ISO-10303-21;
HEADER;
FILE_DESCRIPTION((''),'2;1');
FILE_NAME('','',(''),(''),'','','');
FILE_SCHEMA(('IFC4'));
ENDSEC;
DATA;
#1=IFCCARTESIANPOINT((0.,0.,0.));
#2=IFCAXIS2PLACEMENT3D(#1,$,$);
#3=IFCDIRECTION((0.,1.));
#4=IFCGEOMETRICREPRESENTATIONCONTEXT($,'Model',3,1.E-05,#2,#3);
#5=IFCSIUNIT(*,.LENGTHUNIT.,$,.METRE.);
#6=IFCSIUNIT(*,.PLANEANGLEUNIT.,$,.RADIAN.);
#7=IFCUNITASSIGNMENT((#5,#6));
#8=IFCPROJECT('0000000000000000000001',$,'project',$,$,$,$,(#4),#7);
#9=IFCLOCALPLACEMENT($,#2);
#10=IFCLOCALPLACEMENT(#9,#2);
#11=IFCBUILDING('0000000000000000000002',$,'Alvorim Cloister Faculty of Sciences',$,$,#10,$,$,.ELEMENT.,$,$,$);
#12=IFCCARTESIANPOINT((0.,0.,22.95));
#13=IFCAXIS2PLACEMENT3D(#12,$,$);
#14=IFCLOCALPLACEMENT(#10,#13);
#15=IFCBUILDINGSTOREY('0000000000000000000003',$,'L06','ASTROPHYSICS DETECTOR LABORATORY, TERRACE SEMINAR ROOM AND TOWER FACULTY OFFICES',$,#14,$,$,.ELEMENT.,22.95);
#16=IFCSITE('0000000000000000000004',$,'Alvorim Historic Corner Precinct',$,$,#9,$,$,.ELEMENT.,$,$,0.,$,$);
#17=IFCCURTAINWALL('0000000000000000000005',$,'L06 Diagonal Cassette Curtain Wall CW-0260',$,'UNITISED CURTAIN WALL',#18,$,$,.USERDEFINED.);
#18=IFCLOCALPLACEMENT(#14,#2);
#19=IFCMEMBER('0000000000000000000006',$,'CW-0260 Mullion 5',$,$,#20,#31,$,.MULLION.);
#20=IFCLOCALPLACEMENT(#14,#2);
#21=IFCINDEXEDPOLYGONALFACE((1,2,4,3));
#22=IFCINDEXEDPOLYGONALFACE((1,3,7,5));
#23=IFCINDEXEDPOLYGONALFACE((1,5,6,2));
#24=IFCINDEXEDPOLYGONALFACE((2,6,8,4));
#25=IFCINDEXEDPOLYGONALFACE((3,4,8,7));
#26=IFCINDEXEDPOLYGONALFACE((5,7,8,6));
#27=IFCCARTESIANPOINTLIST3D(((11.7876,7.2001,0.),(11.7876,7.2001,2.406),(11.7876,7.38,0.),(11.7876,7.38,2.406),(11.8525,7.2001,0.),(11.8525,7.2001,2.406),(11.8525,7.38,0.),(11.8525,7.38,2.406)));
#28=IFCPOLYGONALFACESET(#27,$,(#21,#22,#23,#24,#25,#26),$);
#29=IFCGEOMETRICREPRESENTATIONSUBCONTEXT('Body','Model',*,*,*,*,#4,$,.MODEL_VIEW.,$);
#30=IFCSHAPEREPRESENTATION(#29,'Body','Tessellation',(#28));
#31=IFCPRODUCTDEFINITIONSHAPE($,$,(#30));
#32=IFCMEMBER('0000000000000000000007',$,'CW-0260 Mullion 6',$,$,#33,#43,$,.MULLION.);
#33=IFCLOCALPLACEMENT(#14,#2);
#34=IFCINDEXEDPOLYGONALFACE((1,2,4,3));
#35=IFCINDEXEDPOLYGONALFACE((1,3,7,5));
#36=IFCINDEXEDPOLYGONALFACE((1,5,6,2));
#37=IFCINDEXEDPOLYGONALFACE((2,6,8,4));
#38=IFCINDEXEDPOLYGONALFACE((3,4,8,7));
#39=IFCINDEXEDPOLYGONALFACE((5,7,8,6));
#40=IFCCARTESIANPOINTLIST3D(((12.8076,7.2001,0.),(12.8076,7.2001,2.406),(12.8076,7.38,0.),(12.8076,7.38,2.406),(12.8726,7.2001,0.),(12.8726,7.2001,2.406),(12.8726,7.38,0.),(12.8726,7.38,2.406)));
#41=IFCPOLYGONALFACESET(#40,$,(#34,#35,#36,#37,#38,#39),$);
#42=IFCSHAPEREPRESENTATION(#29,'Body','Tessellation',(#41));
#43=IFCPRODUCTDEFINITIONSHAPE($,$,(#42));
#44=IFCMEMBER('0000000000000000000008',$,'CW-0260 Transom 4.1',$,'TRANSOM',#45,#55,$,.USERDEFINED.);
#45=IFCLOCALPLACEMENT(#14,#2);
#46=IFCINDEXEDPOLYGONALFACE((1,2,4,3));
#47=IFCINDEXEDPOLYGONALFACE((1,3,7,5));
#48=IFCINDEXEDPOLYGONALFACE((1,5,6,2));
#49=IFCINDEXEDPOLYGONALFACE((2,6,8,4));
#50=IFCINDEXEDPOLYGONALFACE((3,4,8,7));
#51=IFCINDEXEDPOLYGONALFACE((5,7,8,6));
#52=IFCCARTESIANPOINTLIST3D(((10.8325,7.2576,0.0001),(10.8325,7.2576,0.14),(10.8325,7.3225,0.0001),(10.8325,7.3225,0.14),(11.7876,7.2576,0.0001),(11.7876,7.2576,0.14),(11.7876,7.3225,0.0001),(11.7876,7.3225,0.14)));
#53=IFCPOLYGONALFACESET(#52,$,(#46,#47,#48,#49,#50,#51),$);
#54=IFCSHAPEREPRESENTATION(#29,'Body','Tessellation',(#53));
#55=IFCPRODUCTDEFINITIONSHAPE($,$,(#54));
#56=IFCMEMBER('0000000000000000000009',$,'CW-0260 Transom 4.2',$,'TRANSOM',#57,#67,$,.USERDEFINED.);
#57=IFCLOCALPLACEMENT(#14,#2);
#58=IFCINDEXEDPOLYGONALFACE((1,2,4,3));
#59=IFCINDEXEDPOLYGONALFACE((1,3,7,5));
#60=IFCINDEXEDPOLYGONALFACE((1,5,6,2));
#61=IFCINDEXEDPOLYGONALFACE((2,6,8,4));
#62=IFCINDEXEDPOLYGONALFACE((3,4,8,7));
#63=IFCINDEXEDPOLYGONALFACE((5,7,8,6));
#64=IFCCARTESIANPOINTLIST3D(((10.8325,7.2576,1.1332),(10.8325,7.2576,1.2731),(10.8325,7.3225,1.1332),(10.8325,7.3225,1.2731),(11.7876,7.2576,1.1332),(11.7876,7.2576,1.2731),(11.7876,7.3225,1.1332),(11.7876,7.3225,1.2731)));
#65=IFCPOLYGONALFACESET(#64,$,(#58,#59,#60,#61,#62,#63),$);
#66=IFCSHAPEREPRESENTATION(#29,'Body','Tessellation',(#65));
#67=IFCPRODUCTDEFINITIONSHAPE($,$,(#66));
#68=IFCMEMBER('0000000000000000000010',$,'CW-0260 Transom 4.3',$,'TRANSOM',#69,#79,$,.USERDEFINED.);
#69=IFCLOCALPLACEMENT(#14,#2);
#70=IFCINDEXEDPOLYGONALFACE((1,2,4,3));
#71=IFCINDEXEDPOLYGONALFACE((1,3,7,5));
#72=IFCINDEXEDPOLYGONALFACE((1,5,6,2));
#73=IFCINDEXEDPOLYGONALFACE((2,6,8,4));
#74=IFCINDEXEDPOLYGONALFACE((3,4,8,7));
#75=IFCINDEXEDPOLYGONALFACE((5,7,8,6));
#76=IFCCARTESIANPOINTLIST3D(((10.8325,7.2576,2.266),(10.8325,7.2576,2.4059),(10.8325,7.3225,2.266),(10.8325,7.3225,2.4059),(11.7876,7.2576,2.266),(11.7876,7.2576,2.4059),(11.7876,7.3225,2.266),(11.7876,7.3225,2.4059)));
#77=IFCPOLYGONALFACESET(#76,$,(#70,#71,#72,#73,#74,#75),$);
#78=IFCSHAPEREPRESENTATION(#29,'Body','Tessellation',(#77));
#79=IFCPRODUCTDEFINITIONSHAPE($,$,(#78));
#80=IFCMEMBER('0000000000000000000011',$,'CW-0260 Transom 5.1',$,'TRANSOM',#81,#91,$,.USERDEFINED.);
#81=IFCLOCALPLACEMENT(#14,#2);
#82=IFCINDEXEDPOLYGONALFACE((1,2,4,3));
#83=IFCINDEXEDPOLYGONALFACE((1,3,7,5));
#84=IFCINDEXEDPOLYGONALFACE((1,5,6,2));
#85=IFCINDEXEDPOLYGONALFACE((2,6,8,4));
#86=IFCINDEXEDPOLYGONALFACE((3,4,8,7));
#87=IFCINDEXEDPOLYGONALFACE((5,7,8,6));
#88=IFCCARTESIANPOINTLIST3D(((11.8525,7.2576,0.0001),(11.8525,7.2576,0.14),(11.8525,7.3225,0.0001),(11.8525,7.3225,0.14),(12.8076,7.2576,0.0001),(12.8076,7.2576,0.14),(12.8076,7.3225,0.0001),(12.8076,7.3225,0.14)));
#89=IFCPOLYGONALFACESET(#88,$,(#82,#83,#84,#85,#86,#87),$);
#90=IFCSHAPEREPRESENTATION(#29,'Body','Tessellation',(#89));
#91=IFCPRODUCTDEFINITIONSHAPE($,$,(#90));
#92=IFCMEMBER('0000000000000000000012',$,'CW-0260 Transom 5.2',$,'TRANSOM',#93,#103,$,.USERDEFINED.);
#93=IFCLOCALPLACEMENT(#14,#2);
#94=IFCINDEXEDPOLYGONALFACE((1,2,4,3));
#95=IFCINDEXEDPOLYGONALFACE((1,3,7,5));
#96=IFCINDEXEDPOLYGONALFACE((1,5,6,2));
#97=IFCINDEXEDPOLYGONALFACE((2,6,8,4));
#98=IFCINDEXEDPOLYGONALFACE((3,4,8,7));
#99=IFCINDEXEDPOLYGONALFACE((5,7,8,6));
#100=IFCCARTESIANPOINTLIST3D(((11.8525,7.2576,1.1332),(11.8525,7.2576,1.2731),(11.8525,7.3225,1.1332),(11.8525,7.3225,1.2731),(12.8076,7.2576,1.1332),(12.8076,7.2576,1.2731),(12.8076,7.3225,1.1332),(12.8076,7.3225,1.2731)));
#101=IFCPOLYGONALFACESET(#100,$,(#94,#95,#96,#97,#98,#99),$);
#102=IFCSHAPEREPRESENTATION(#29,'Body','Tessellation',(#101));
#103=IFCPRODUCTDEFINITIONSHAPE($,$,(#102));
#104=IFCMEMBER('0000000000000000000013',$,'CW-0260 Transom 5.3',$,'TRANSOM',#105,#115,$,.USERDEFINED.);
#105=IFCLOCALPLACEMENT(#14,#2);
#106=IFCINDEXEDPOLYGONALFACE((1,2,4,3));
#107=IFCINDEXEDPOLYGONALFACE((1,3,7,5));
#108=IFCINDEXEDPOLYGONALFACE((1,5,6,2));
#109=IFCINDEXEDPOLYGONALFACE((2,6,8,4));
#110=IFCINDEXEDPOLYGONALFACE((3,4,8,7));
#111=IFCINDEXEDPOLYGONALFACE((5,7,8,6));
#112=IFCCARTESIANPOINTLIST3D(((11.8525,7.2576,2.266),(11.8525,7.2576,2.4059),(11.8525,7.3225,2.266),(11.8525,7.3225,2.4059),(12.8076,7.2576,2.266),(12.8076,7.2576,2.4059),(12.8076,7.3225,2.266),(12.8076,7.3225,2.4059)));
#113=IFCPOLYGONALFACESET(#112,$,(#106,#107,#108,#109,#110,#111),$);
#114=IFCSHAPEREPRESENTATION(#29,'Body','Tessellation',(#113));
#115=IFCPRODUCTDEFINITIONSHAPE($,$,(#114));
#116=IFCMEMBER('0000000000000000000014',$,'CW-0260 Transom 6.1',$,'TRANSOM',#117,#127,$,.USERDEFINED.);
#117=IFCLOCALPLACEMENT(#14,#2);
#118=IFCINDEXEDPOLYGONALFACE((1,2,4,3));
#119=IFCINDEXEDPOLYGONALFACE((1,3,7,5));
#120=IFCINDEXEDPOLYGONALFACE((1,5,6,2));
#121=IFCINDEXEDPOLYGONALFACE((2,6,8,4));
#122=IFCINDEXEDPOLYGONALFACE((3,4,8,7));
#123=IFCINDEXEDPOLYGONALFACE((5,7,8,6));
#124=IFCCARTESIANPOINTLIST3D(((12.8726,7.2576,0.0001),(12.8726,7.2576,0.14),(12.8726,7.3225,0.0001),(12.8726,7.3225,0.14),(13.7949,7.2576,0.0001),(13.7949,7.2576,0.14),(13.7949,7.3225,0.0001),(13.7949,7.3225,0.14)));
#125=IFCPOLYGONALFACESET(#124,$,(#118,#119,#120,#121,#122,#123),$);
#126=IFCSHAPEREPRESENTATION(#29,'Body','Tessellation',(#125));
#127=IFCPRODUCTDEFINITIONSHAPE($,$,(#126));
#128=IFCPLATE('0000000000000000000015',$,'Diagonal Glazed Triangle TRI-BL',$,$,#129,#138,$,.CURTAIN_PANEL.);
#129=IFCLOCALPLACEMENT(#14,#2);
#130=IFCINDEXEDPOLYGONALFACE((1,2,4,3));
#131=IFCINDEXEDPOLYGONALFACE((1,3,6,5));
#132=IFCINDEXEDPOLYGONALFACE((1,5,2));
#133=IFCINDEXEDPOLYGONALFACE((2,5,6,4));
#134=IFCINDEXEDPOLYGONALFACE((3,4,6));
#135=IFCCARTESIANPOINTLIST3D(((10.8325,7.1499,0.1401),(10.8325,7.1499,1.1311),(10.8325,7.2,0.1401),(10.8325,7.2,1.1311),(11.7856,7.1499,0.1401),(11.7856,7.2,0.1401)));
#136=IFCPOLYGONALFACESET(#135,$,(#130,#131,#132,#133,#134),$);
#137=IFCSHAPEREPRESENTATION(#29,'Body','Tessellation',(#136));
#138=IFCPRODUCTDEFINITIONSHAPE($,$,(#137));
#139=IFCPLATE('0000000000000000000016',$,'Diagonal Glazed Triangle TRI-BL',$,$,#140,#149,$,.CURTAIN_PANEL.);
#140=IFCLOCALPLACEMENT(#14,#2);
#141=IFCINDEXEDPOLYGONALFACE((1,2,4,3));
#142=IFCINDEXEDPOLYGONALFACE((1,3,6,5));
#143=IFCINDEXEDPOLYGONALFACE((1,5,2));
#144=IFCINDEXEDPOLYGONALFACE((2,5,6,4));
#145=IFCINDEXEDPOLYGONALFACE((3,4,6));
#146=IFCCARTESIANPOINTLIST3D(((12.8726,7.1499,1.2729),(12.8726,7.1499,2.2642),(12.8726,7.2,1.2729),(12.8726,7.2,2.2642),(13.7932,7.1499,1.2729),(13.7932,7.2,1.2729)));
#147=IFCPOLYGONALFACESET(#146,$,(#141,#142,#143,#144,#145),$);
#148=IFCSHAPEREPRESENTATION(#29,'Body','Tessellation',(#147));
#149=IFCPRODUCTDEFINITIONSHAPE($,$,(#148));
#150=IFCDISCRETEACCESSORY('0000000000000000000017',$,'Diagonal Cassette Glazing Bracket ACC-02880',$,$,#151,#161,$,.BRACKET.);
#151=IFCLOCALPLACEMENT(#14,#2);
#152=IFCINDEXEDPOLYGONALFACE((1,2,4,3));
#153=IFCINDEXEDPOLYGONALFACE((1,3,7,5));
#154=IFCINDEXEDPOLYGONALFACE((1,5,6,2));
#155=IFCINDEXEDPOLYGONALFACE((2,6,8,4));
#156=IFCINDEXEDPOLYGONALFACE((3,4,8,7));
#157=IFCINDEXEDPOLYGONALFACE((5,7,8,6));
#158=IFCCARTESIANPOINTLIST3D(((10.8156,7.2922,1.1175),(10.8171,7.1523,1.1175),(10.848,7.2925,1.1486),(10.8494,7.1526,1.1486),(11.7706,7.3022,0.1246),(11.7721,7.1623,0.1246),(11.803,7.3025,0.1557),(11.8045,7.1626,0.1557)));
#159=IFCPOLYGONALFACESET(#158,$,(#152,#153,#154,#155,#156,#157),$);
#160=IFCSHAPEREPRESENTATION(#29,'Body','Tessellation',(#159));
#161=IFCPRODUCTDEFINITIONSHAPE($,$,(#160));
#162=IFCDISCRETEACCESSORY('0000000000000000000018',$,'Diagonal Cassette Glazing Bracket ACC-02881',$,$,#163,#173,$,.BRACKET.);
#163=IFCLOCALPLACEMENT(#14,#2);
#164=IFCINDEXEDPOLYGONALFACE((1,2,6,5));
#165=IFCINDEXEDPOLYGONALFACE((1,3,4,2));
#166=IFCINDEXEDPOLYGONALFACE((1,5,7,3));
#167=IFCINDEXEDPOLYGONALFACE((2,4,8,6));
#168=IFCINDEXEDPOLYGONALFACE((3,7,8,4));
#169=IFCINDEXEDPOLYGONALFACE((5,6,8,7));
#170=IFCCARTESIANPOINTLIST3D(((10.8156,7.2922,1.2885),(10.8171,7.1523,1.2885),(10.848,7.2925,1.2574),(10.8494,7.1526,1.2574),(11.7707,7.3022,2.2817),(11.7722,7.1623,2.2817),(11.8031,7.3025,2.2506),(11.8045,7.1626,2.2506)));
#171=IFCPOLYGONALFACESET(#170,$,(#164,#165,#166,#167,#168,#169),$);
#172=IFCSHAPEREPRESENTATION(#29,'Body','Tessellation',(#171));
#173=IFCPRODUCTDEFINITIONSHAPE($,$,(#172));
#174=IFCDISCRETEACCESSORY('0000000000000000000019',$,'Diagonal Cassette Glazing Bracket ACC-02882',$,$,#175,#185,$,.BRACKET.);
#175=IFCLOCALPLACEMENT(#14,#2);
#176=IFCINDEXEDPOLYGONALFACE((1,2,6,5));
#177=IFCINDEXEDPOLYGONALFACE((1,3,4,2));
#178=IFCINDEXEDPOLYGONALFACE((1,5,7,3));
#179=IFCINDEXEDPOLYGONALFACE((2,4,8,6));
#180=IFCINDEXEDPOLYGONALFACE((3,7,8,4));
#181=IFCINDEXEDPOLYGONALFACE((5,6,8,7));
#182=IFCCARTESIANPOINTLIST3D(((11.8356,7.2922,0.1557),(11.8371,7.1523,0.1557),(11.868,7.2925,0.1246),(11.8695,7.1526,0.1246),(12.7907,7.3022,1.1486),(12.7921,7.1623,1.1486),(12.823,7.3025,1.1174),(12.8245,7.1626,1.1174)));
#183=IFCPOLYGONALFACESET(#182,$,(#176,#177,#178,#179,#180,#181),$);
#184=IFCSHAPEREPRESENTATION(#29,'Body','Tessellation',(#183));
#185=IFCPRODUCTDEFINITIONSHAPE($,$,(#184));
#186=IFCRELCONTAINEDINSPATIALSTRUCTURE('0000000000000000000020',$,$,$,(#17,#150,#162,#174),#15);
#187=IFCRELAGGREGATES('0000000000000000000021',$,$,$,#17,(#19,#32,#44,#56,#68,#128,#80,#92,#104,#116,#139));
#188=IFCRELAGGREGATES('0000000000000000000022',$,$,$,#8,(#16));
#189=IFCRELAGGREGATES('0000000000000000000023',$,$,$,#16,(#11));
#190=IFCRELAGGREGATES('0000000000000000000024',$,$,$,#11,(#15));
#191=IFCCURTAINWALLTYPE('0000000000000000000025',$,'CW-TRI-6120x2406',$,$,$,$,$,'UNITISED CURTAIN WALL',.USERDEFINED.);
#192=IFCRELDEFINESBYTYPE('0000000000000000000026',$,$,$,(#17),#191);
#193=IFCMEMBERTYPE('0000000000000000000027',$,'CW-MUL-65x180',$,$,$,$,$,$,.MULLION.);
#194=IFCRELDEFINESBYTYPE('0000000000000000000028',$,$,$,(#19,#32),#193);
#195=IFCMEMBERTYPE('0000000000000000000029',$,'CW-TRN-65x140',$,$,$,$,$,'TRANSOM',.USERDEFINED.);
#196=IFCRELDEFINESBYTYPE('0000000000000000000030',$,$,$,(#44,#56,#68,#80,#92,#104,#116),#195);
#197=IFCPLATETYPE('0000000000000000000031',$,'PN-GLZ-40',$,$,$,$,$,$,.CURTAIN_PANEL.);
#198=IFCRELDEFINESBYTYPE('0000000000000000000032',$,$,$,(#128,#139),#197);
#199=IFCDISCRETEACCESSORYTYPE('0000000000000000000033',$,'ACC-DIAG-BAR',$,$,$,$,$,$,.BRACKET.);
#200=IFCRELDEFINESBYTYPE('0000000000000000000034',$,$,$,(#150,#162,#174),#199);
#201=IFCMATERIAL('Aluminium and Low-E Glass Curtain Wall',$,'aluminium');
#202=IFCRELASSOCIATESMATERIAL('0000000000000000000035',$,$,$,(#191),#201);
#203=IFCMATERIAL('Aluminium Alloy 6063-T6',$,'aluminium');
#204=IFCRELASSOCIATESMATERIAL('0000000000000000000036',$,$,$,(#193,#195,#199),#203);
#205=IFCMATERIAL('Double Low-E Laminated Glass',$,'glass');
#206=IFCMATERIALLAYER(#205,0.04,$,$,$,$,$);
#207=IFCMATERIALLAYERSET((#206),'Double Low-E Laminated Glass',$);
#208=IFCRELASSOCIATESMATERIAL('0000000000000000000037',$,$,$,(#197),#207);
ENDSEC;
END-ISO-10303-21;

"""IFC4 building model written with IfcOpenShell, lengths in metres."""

from ifc_helpers import new_model, si_unit, direction, frame, origin, origin_2d, place, context, subcontext, project, spatial, polyline, rectangle, outline, extrude, material, layer, layer_set, material_profile, profile_set, type_object, element, aggregate, save


model = new_model("IFC4")

# Units and contexts
model_context = context("Model", 3, precision=1e-05, world=origin(), true_north=direction((0.0, 1.0)))
body_context = subcontext(model_context, "Body", "Model", "MODEL_VIEW")
ifc_project = project(units=[si_unit("LENGTHUNIT", "METRE"), si_unit("PLANEANGLEUNIT", "RADIAN")], contexts=[model_context])

# Site, building, storey
site_placement = place(None, origin())
site = spatial("IfcSite", under=ifc_project, at=site_placement, Name="Alvorim Historic Corner Precinct", CompositionType="ELEMENT", RefElevation=0.0)
building_placement = place(site_placement, origin())
building = spatial("IfcBuilding", under=site, at=building_placement, Name="Alvorim Cloister Faculty of Sciences", CompositionType="ELEMENT")
storey_placement = place(building_placement, frame((0.0, 0.0, 22.95)))
storey = spatial("IfcBuildingStorey", under=building, at=storey_placement, Name="L06", Description="ASTROPHYSICS DETECTOR LABORATORY, TERRACE SEMINAR ROOM AND TOWER FACULTY OFFICES", CompositionType="ELEMENT", Elevation=22.95)

# Curtain wall, members, plates
ifc_material_1 = material(Name="Aluminium and Low-E Glass Curtain Wall", Category="aluminium")
curtain_wall_type = type_object("IfcCurtainWallType", Name="CW-TRI-6120x2406", ElementType="UNITISED CURTAIN WALL", PredefinedType="USERDEFINED", material=ifc_material_1)
curtain_wall_placement = place(storey_placement, origin())
curtain_wall = element("IfcCurtainWall", 1, at=curtain_wall_placement, inside=storey, type_object=curtain_wall_type, Name="L06 Diagonal Cassette Curtain Wall CW-0260", ObjectType="UNITISED CURTAIN WALL", PredefinedType="USERDEFINED")
ifc_material_2 = material(Name="Aluminium Alloy 6063-T6", Category="aluminium")
ifc_material_profile_1 = material_profile(ifc_material_2, rectangle(XDim=0.0649, YDim=0.1799, at=origin_2d()), Name="ALU-MUL-65x180")
ifc_profile_set_1 = profile_set([ifc_material_profile_1], Name="Aluminium Alloy 6063-T6")
member_type_1 = type_object("IfcMemberType", Name="CW-MUL-65x180", PredefinedType="MULLION", material=ifc_profile_set_1)
member_1_placement = place(storey_placement, frame((11.8201, 7.29, 0.0), z_axis=(0.0, 0.0, 1.0), x_axis=(1.0, 0.0, 0.0)))
member_1 = element("IfcMember", 2, at=member_1_placement, type_object=member_type_1, Name="CW-0260 Mullion 5", PredefinedType="MULLION", context=body_context, shape_type="SweptSolid", body=[
    extrude(rectangle(XDim=0.0649, YDim=0.1799, at=origin_2d()), origin(), (0.0, 0.0, 1.0), 2.406),
])
member_2_placement = place(storey_placement, frame((12.8401, 7.29, 0.0), z_axis=(0.0, 0.0, 1.0), x_axis=(1.0, 0.0, 0.0)))
member_2 = element("IfcMember", 3, at=member_2_placement, type_object=member_type_1, Name="CW-0260 Mullion 6", PredefinedType="MULLION", context=body_context, shape_type="SweptSolid", body=[
    extrude(rectangle(XDim=0.0649, YDim=0.1799, at=origin_2d()), origin(), (0.0, 0.0, 1.0), 2.406),
])
ifc_material_profile_2 = material_profile(ifc_material_2, rectangle(XDim=0.0649, YDim=0.1399, at=origin_2d()), Name="ALU-TRN-65x140")
ifc_profile_set_2 = profile_set([ifc_material_profile_2], Name="Aluminium Alloy 6063-T6")
member_type_2 = type_object("IfcMemberType", Name="CW-TRN-65x140", ElementType="TRANSOM", PredefinedType="USERDEFINED", material=ifc_profile_set_2)
member_3_placement = place(storey_placement, frame((10.8325, 7.29, 0.0701), z_axis=(1.0, 0.0, 0.0), x_axis=(0.0, 1.0, 0.0)))
member_3 = element("IfcMember", 4, at=member_3_placement, type_object=member_type_2, Name="CW-0260 Transom 4.1", ObjectType="TRANSOM", PredefinedType="USERDEFINED", context=body_context, shape_type="SweptSolid", body=[
    extrude(rectangle(XDim=0.0649, YDim=0.1399, at=origin_2d()), origin(), (0.0, 0.0, 1.0), 0.9551),
])
member_4_placement = place(storey_placement, frame((10.8325, 7.29, 1.2031), z_axis=(1.0, 0.0, 0.0), x_axis=(0.0, 1.0, 0.0)))
member_4 = element("IfcMember", 5, at=member_4_placement, type_object=member_type_2, Name="CW-0260 Transom 4.2", ObjectType="TRANSOM", PredefinedType="USERDEFINED", context=body_context, shape_type="SweptSolid", body=[
    extrude(rectangle(XDim=0.0649, YDim=0.1399, at=origin_2d()), origin(), (0.0, 0.0, 1.0), 0.9551),
])
member_5_placement = place(storey_placement, frame((10.8325, 7.29, 2.3359), z_axis=(1.0, 0.0, 0.0), x_axis=(0.0, 1.0, 0.0)))
member_5 = element("IfcMember", 6, at=member_5_placement, type_object=member_type_2, Name="CW-0260 Transom 4.3", ObjectType="TRANSOM", PredefinedType="USERDEFINED", context=body_context, shape_type="SweptSolid", body=[
    extrude(rectangle(XDim=0.0649, YDim=0.1399, at=origin_2d()), origin(), (0.0, 0.0, 1.0), 0.9551),
])
member_6_placement = place(storey_placement, frame((11.8525, 7.29, 0.0701), z_axis=(1.0, 0.0, 0.0), x_axis=(0.0, 1.0, 0.0)))
member_6 = element("IfcMember", 7, at=member_6_placement, type_object=member_type_2, Name="CW-0260 Transom 5.1", ObjectType="TRANSOM", PredefinedType="USERDEFINED", context=body_context, shape_type="SweptSolid", body=[
    extrude(rectangle(XDim=0.0649, YDim=0.1399, at=origin_2d()), origin(), (0.0, 0.0, 1.0), 0.9551),
])
member_7_placement = place(storey_placement, frame((11.8525, 7.29, 1.2031), z_axis=(1.0, 0.0, 0.0), x_axis=(0.0, 1.0, 0.0)))
member_7 = element("IfcMember", 8, at=member_7_placement, type_object=member_type_2, Name="CW-0260 Transom 5.2", ObjectType="TRANSOM", PredefinedType="USERDEFINED", context=body_context, shape_type="SweptSolid", body=[
    extrude(rectangle(XDim=0.0649, YDim=0.1399, at=origin_2d()), origin(), (0.0, 0.0, 1.0), 0.9551),
])
member_8_placement = place(storey_placement, frame((11.8525, 7.29, 2.3359), z_axis=(1.0, 0.0, 0.0), x_axis=(0.0, 1.0, 0.0)))
member_8 = element("IfcMember", 9, at=member_8_placement, type_object=member_type_2, Name="CW-0260 Transom 5.3", ObjectType="TRANSOM", PredefinedType="USERDEFINED", context=body_context, shape_type="SweptSolid", body=[
    extrude(rectangle(XDim=0.0649, YDim=0.1399, at=origin_2d()), origin(), (0.0, 0.0, 1.0), 0.9551),
])
member_9_placement = place(storey_placement, frame((12.8726, 7.29, 0.0701), z_axis=(1.0, 0.0, 0.0), x_axis=(0.0, 1.0, 0.0)))
member_9 = element("IfcMember", 10, at=member_9_placement, type_object=member_type_2, Name="CW-0260 Transom 6.1", ObjectType="TRANSOM", PredefinedType="USERDEFINED", context=body_context, shape_type="SweptSolid", body=[
    extrude(rectangle(XDim=0.0649, YDim=0.1399, at=origin_2d()), origin(), (0.0, 0.0, 1.0), 0.9224),
])
ifc_material_3 = material(Name="Double Low-E Laminated Glass", Category="glass")
ifc_layer = layer(ifc_material_3, 0.04)
ifc_layer_set = layer_set([ifc_layer], Name="Double Low-E Laminated Glass")
plate_type = type_object("IfcPlateType", Name="PN-GLZ-40", PredefinedType="CURTAIN_PANEL", material=ifc_layer_set)
plate_1_placement = place(storey_placement, frame((10.8325, 7.175, 0.1401), z_axis=(0.0, 0.0, 1.0), x_axis=(1.0, 0.0, 0.0)))
plate_1 = element("IfcPlate", 11, at=plate_1_placement, type_object=plate_type, Name="Diagonal Glazed Triangle TRI-BL", PredefinedType="CURTAIN_PANEL", context=body_context, shape_type="SweptSolid", body=[
    extrude(outline(polyline([(0.0, 0.0), (0.9531, 0.0), (0.0, 0.991), (0.0, 0.0)])), frame((0.0, 0.0249, 0.0), z_axis=(0.0, -1.0, 0.0), x_axis=(1.0, 0.0, 0.0)), (0.0, 0.0, 1.0), 0.05),
])
plate_2_placement = place(storey_placement, frame((12.8726, 7.175, 1.2729), z_axis=(0.0, 0.0, 1.0), x_axis=(1.0, 0.0, 0.0)))
plate_2 = element("IfcPlate", 12, at=plate_2_placement, type_object=plate_type, Name="Diagonal Glazed Triangle TRI-BL", PredefinedType="CURTAIN_PANEL", context=body_context, shape_type="SweptSolid", body=[
    extrude(outline(polyline([(0.0, 0.0), (0.9207, 0.0), (0.0, 0.9912), (0.0, 0.0)])), frame((0.0, 0.0249, 0.0), z_axis=(0.0, -1.0, 0.0), x_axis=(1.0, 0.0, 0.0)), (0.0, 0.0, 1.0), 0.05),
])
aggregate(curtain_wall, [member_1, member_2, member_3, member_4, member_5, plate_1, member_6, member_7, member_8, member_9, plate_2])

# Discrete accessories
discrete_accessory_type = type_object("IfcDiscreteAccessoryType", Name="ACC-DIAG-BAR", PredefinedType="BRACKET", material=ifc_material_2)
discrete_accessory_1_placement = place(storey_placement, frame((10.8325, 7.2224, 1.1331), z_axis=(0.693221, 0.007265, -0.720688), x_axis=(-0.01048, 0.999945, 0.0)))
element("IfcDiscreteAccessory", 13, at=discrete_accessory_1_placement, inside=storey, type_object=discrete_accessory_type, Name="Diagonal Cassette Glazing Bracket ACC-02880", PredefinedType="BRACKET", context=body_context, shape_type="SweptSolid", body=[
    extrude(rectangle(XDim=0.1399, YDim=0.0449, at=origin_2d()), origin(), (0.0, 0.0, 1.0), 1.3777),
])
discrete_accessory_2_placement = place(storey_placement, frame((10.8325, 7.2224, 1.2729), z_axis=(0.693133, 0.007264, 0.720773), x_axis=(-0.01048, 0.999945, 0.0)))
element("IfcDiscreteAccessory", 14, at=discrete_accessory_2_placement, inside=storey, type_object=discrete_accessory_type, Name="Diagonal Cassette Glazing Bracket ACC-02881", PredefinedType="BRACKET", context=body_context, shape_type="SweptSolid", body=[
    extrude(rectangle(XDim=0.1399, YDim=0.0449, at=origin_2d()), origin(), (0.0, 0.0, 1.0), 1.3779),
])
discrete_accessory_3_placement = place(storey_placement, frame((11.8525, 7.2224, 0.1401), z_axis=(0.693221, 0.007265, 0.720688), x_axis=(-0.01048, 0.999945, 0.0)))
element("IfcDiscreteAccessory", 15, at=discrete_accessory_3_placement, inside=storey, type_object=discrete_accessory_type, Name="Diagonal Cassette Glazing Bracket ACC-02882", PredefinedType="BRACKET", context=body_context, shape_type="SweptSolid", body=[
    extrude(rectangle(XDim=0.1399, YDim=0.0449, at=origin_2d()), origin(), (0.0, 0.0, 1.0), 1.3777),
])

save(model, "model.ifc")
